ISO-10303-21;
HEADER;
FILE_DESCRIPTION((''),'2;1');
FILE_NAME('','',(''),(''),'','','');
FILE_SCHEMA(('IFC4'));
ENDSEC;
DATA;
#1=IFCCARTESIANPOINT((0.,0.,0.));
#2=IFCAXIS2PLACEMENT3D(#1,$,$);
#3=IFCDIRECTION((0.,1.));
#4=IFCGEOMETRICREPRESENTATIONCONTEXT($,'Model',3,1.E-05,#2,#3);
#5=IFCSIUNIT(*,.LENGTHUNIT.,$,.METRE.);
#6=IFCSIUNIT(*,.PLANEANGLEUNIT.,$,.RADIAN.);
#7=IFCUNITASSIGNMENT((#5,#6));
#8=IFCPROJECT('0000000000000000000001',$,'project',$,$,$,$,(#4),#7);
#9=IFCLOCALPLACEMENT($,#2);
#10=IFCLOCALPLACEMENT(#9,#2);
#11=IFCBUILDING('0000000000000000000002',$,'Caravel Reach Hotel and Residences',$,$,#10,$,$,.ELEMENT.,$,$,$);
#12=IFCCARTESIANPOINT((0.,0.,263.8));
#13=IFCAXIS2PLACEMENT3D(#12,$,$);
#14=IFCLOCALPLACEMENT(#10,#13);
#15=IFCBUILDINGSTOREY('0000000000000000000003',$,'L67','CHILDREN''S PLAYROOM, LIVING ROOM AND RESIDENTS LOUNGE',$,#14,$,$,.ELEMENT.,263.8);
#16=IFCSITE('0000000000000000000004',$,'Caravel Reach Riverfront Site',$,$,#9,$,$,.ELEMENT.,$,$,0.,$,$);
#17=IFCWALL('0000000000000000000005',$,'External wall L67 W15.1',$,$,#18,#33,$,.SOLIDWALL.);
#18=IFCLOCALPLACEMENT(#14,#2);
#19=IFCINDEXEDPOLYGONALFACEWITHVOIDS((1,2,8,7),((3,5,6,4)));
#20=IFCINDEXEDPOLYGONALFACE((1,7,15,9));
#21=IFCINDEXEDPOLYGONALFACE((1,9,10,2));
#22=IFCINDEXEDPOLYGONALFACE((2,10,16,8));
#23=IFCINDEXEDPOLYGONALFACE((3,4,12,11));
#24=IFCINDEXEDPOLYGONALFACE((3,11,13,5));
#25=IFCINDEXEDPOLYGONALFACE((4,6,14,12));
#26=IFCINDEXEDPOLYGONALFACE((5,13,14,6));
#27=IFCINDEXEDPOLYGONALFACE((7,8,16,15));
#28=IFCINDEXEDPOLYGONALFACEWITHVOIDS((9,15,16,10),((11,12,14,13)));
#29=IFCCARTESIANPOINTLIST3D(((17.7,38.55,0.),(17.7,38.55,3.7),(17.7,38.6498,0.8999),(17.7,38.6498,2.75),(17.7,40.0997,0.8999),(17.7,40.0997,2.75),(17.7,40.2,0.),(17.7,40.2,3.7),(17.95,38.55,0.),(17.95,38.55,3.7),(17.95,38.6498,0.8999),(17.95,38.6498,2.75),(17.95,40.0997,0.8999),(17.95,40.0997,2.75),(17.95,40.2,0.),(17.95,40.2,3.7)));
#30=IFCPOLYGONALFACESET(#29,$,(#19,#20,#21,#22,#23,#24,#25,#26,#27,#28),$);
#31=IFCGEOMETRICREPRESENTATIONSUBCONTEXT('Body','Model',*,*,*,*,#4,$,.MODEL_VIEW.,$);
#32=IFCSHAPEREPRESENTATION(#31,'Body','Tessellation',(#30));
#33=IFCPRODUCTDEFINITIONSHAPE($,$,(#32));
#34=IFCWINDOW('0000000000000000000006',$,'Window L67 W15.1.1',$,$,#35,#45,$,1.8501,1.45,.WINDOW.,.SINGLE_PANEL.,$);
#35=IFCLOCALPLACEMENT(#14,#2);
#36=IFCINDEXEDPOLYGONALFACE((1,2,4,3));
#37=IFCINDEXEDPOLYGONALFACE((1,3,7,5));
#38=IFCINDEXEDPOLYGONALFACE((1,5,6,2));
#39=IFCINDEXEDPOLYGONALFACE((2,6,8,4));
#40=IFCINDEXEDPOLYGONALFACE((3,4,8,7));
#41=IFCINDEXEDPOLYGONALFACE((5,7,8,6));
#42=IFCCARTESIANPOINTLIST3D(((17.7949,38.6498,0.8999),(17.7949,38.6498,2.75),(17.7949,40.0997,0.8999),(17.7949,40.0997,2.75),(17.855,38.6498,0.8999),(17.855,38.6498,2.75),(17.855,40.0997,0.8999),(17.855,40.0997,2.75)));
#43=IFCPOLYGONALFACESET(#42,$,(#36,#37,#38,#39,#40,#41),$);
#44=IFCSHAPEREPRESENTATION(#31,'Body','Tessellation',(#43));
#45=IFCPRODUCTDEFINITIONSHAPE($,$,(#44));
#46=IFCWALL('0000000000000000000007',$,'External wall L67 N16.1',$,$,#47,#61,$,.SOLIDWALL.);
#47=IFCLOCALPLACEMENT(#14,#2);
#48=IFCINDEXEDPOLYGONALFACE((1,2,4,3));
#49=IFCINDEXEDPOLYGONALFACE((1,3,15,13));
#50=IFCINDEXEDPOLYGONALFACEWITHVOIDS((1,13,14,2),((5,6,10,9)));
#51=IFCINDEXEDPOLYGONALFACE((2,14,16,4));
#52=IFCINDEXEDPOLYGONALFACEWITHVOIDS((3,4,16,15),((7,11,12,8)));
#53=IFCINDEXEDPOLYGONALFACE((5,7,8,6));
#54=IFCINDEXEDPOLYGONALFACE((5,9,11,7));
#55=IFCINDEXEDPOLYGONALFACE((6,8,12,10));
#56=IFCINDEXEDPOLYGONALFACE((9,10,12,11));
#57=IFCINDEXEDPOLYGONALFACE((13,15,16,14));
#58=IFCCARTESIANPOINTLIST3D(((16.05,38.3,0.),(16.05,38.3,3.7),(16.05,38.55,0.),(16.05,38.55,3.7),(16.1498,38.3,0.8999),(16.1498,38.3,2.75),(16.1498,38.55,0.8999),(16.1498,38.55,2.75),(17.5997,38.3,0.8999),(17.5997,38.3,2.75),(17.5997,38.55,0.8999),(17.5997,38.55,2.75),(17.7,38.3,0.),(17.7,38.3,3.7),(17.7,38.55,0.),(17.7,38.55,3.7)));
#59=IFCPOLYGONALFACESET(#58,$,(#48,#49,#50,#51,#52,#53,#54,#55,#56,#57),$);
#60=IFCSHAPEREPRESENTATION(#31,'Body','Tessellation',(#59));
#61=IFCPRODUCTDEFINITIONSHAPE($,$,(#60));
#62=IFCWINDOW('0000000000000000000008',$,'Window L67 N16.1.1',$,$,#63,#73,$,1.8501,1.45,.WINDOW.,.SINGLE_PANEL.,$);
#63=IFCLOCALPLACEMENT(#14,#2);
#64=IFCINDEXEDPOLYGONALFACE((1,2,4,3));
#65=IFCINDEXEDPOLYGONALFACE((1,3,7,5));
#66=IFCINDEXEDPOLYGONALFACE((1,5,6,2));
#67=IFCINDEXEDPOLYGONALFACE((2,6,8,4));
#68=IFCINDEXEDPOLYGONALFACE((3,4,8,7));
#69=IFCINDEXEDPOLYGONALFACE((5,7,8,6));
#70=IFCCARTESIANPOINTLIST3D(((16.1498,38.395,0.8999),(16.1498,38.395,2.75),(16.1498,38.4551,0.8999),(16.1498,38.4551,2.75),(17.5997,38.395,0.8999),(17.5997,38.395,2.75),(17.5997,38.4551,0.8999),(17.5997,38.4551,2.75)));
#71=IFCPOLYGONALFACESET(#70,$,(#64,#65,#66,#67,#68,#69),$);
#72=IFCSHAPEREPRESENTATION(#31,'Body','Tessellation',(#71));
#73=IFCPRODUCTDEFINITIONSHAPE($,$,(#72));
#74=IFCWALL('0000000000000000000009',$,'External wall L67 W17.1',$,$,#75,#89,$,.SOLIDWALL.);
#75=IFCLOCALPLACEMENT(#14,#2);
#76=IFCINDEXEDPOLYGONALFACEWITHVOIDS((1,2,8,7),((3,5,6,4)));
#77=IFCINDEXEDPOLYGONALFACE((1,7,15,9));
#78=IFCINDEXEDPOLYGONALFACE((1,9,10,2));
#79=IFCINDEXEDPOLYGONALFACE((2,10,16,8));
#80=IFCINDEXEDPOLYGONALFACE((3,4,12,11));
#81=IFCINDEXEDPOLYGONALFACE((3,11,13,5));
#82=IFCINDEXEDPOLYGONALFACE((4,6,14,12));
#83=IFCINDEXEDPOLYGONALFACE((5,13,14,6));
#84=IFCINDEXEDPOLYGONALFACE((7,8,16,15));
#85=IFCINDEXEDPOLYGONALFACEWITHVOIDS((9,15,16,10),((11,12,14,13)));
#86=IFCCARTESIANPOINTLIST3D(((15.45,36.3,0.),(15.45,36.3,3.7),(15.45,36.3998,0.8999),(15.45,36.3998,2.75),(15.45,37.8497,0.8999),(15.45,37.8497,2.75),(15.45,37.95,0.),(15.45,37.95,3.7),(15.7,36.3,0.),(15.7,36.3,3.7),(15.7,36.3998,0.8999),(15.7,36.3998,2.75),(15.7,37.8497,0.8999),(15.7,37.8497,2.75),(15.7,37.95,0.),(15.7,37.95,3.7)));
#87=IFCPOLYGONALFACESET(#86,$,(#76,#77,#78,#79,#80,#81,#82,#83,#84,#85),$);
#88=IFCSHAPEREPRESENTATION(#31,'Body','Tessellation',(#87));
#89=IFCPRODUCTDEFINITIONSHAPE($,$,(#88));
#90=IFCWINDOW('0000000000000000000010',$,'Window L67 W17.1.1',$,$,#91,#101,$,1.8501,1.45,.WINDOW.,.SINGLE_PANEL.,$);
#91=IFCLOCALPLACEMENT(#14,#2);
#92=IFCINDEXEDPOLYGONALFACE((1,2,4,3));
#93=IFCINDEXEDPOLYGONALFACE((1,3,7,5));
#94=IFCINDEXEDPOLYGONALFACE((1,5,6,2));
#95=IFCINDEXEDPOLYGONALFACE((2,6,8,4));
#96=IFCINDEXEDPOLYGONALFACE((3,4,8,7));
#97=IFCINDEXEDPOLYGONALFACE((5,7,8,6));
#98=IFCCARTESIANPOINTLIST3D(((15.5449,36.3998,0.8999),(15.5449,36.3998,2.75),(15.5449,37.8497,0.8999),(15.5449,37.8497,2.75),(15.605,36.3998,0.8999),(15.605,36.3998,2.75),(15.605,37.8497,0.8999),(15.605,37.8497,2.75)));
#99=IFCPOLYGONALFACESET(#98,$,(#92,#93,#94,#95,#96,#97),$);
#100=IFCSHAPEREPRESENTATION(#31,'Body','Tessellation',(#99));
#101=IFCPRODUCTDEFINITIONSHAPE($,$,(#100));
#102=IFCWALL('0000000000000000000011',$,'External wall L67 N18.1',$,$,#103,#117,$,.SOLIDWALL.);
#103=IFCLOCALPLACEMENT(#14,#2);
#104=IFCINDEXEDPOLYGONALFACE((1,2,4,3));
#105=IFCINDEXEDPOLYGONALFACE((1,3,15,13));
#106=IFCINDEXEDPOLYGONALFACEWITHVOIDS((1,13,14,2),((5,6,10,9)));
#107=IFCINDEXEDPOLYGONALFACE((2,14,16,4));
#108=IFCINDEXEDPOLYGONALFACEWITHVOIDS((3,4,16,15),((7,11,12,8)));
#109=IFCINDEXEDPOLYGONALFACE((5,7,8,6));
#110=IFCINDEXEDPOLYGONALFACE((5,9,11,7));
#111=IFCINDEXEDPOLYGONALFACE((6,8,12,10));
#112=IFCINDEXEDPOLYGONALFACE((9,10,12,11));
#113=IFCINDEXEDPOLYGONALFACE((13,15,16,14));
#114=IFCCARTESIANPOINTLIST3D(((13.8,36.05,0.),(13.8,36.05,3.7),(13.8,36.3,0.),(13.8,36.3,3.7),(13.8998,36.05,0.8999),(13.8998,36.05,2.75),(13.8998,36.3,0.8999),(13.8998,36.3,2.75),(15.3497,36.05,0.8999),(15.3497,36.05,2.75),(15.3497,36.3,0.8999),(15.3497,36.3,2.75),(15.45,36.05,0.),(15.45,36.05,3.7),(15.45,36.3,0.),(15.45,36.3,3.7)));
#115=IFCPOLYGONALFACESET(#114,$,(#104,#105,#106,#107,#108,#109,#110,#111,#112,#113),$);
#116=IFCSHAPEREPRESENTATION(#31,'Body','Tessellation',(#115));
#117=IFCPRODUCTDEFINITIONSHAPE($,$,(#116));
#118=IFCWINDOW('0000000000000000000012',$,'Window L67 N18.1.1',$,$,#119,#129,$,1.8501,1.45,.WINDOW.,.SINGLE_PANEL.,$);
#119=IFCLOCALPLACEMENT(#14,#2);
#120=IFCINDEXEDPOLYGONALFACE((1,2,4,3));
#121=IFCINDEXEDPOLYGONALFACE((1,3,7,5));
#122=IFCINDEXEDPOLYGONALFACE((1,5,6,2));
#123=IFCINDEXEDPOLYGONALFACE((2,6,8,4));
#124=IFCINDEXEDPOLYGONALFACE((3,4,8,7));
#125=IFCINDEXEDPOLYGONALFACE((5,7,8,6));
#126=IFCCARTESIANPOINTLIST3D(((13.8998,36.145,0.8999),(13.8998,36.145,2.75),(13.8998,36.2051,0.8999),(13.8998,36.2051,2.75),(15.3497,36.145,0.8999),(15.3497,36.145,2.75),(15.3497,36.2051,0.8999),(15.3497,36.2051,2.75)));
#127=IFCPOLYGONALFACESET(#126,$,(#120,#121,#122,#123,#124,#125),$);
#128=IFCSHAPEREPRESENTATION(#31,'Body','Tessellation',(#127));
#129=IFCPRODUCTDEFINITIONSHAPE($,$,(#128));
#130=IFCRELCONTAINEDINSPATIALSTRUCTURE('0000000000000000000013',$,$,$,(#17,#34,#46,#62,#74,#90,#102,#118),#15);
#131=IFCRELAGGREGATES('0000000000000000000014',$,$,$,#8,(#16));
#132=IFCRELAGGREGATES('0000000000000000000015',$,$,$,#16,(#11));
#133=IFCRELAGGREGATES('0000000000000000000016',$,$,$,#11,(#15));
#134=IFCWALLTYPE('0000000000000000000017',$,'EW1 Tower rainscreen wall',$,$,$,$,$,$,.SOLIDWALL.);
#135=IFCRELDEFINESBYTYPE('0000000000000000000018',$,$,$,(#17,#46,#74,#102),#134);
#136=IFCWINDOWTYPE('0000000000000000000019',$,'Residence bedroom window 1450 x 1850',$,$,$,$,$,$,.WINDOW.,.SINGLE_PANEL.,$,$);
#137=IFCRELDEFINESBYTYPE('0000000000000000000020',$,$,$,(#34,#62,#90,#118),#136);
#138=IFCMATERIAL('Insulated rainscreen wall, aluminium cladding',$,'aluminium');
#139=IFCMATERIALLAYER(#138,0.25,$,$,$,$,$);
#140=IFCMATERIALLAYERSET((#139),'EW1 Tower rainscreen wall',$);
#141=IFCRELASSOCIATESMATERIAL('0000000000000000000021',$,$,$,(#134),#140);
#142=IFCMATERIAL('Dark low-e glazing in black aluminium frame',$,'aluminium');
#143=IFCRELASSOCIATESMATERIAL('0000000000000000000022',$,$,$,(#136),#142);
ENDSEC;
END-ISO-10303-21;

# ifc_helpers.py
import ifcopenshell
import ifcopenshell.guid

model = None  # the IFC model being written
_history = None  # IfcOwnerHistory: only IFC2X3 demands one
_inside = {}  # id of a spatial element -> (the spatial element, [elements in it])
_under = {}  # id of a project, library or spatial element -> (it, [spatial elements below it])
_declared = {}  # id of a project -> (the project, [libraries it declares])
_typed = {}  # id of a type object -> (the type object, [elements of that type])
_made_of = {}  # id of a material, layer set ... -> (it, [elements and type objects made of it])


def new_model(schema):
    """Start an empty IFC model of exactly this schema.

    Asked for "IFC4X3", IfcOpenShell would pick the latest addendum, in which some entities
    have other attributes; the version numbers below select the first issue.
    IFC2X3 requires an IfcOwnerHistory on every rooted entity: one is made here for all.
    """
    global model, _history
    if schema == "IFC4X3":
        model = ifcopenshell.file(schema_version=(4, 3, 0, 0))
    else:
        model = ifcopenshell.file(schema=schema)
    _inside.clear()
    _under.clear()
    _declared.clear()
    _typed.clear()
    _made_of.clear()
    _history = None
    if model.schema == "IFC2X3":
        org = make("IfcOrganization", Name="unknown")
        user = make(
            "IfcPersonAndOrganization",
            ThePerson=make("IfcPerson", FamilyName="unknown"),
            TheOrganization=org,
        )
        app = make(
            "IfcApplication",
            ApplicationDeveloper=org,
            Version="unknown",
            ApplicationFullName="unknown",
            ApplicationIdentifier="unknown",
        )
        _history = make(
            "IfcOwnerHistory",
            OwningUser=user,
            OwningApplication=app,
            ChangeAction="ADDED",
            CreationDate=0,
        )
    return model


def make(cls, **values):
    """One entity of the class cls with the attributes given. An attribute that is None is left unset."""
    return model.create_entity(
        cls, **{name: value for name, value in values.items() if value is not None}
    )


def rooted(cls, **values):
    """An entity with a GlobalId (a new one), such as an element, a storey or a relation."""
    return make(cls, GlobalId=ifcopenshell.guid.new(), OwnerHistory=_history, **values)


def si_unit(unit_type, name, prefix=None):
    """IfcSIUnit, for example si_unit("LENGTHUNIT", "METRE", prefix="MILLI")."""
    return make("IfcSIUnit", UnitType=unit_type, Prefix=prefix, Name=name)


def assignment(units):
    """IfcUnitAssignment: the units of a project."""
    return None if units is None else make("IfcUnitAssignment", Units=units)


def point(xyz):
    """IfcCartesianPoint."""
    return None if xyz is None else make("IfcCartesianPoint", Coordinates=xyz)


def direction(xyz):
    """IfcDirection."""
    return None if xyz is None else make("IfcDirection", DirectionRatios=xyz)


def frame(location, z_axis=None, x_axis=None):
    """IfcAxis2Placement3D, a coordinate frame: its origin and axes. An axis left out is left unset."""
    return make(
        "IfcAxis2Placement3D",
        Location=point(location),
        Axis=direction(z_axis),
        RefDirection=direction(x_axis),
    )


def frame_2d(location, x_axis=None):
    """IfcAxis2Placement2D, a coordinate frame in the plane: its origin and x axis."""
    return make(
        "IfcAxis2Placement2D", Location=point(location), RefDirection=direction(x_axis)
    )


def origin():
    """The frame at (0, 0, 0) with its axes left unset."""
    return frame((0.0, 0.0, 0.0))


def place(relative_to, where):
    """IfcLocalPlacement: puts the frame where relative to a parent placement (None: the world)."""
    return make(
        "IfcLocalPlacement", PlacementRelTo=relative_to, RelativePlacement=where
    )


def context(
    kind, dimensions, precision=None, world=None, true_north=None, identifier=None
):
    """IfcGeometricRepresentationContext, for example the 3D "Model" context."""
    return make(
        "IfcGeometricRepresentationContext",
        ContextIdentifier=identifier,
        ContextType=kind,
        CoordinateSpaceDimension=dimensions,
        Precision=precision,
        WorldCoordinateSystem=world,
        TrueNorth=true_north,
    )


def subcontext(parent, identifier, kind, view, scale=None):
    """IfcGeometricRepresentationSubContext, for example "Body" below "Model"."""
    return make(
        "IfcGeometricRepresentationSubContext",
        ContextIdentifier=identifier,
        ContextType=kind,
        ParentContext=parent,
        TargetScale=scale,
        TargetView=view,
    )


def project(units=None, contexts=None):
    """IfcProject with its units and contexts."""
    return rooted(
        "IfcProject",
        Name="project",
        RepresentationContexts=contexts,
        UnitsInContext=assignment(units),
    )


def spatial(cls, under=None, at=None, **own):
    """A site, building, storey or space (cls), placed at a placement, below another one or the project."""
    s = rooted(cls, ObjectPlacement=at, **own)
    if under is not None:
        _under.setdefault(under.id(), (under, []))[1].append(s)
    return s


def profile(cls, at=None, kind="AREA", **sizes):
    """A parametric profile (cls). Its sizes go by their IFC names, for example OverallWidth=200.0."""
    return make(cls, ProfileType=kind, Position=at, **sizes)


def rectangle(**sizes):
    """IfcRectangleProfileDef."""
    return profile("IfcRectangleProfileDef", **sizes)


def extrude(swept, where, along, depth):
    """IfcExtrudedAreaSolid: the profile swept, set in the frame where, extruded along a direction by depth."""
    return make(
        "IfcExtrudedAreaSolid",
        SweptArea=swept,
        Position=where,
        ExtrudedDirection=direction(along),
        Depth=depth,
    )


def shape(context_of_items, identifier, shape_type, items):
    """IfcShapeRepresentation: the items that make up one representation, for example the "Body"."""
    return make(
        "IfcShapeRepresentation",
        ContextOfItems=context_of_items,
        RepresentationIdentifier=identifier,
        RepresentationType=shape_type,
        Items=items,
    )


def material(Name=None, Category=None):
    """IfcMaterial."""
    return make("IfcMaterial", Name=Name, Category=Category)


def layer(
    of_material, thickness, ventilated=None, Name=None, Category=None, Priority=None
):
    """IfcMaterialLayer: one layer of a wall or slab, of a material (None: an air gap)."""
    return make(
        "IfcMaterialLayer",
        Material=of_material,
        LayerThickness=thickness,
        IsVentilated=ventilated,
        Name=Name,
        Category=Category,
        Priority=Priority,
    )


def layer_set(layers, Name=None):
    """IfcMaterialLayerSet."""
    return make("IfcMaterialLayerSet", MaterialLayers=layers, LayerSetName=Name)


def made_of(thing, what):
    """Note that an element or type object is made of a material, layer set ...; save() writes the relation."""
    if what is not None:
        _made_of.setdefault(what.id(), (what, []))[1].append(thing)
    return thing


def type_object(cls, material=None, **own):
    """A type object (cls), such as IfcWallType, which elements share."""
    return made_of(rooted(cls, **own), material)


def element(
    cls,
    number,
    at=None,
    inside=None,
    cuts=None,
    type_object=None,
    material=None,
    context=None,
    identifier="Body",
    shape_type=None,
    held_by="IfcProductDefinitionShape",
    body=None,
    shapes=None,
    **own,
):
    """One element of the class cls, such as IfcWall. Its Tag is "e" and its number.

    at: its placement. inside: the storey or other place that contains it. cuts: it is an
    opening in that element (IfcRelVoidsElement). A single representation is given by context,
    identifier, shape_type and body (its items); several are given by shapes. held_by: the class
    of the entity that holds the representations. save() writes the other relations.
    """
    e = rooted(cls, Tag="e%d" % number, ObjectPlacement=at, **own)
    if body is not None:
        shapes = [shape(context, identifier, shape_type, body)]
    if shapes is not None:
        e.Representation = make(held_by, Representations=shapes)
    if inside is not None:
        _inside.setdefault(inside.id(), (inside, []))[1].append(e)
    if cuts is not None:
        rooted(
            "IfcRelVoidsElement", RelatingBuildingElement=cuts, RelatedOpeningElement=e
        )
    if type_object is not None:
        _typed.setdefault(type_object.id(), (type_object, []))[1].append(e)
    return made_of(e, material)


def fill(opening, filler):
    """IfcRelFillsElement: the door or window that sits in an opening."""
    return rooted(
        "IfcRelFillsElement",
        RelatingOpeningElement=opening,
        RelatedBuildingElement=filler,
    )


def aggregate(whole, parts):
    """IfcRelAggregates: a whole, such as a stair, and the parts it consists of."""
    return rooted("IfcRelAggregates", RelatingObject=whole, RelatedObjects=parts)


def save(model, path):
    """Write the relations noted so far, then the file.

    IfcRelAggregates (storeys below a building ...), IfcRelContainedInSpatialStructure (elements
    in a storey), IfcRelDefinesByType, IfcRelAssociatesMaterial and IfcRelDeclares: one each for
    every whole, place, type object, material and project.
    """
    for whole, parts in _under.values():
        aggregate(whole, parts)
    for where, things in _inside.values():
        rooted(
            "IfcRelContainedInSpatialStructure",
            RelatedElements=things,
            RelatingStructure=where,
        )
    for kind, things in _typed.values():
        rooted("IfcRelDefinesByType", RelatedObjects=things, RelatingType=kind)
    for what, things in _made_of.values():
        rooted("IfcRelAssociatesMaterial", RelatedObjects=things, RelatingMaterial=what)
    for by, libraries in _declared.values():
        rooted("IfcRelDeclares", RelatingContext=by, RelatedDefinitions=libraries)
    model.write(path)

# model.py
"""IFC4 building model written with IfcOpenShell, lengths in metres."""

from ifc_helpers import new_model, si_unit, direction, frame, frame_2d, origin, place, context, subcontext, project, spatial, rectangle, extrude, material, layer, layer_set, type_object, element, fill, save


model = new_model("IFC4")

# Units and contexts
model_context = context("Model", 3, precision=1e-05, world=origin(), true_north=direction((0.0, 1.0)))
body_context = subcontext(model_context, "Body", "Model", "MODEL_VIEW")
ifc_project = project(units=[si_unit("LENGTHUNIT", "METRE"), si_unit("PLANEANGLEUNIT", "RADIAN")], contexts=[model_context])

# Site, building, storey
site_placement = place(None, origin())
site = spatial("IfcSite", under=ifc_project, at=site_placement, Name="Caravel Reach Riverfront Site", CompositionType="ELEMENT", RefElevation=0.0)
building_placement = place(site_placement, origin())
building = spatial("IfcBuilding", under=site, at=building_placement, Name="Caravel Reach Hotel and Residences", CompositionType="ELEMENT")
storey_placement = place(building_placement, frame((0.0, 0.0, 263.8)))
storey = spatial("IfcBuildingStorey", under=building, at=storey_placement, Name="L67", Description="CHILDREN'S PLAYROOM, LIVING ROOM AND RESIDENTS LOUNGE", CompositionType="ELEMENT", Elevation=263.8)

# Walls, openings, windows
ifc_material_1 = material(Name="Insulated rainscreen wall, aluminium cladding", Category="aluminium")
ifc_layer_1 = layer(ifc_material_1, 0.25)
ifc_layer_set_1 = layer_set([ifc_layer_1], Name="EW1 Tower rainscreen wall")
wall_type_1 = type_object("IfcWallType", Name="EW1 Tower rainscreen wall", PredefinedType="SOLIDWALL", material=ifc_layer_set_1)
wall_1_placement = place(storey_placement, frame((17.825, 40.2, 0.0), z_axis=(0.0, 0.0, 1.0), x_axis=(0.0, -1.0, 0.0)))
wall_1 = element("IfcWall", 1, at=wall_1_placement, inside=storey, type_object=wall_type_1, Name="External wall L67 W15.1", PredefinedType="SOLIDWALL", context=body_context, shape_type="SweptSolid", body=[
    extrude(rectangle(XDim=1.6499, YDim=0.25, at=frame_2d((0.825, 0.0))), origin(), (0.0, 0.0, 1.0), 3.7),
])
opening_1_placement = place(wall_1_placement, frame((0.1001, 0.0, 0.8999)))
opening_1 = element("IfcOpeningElement", 2, at=opening_1_placement, cuts=wall_1, PredefinedType="OPENING", context=body_context, shape_type="SweptSolid", body=[
    extrude(rectangle(XDim=1.45, YDim=1.8501, at=frame_2d((0.7251, 0.925))), frame((0.0, 0.135, 0.0), z_axis=(0.0, -1.0, 0.0), x_axis=(1.0, 0.0, 0.0)), (0.0, 0.0, 1.0), 0.27),
])
ifc_material_2 = material(Name="Dark low-e glazing in black aluminium frame", Category="aluminium")
window_type_1 = type_object("IfcWindowType", Name="Residence bedroom window 1450 x 1850", PartitioningType="SINGLE_PANEL", PredefinedType="WINDOW", material=ifc_material_2)
window_1_placement = place(opening_1_placement, origin())
window_1 = element("IfcWindow", 3, at=window_1_placement, inside=storey, type_object=window_type_1, Name="Window L67 W15.1.1", OverallHeight=1.8501, OverallWidth=1.45, PartitioningType="SINGLE_PANEL", PredefinedType="WINDOW", context=body_context, shape_type="SweptSolid", body=[
    extrude(rectangle(XDim=1.45, YDim=1.8501, at=frame_2d((0.7251, 0.925))), frame((0.0, 0.03, 0.0), z_axis=(0.0, -1.0, 0.0), x_axis=(1.0, 0.0, 0.0)), (0.0, 0.0, 1.0), 0.0601),
])
fill(opening_1, window_1)
wall_2_placement = place(storey_placement, frame((17.7, 38.425, 0.0), z_axis=(0.0, 0.0, 1.0), x_axis=(-1.0, 0.0, 0.0)))
wall_2 = element("IfcWall", 4, at=wall_2_placement, inside=storey, type_object=wall_type_1, Name="External wall L67 N16.1", PredefinedType="SOLIDWALL", context=body_context, shape_type="SweptSolid", body=[
    extrude(rectangle(XDim=1.6499, YDim=0.25, at=frame_2d((0.825, 0.0))), origin(), (0.0, 0.0, 1.0), 3.7),
])
opening_2_placement = place(wall_2_placement, frame((0.1001, 0.0, 0.8999)))
opening_2 = element("IfcOpeningElement", 5, at=opening_2_placement, cuts=wall_2, PredefinedType="OPENING", context=body_context, shape_type="SweptSolid", body=[
    extrude(rectangle(XDim=1.45, YDim=1.8501, at=frame_2d((0.7251, 0.925))), frame((0.0, 0.135, 0.0), z_axis=(0.0, -1.0, 0.0), x_axis=(1.0, 0.0, 0.0)), (0.0, 0.0, 1.0), 0.27),
])
window_2_placement = place(opening_2_placement, origin())
window_2 = element("IfcWindow", 6, at=window_2_placement, inside=storey, type_object=window_type_1, Name="Window L67 N16.1.1", OverallHeight=1.8501, OverallWidth=1.45, PartitioningType="SINGLE_PANEL", PredefinedType="WINDOW", context=body_context, shape_type="SweptSolid", body=[
    extrude(rectangle(XDim=1.45, YDim=1.8501, at=frame_2d((0.7251, 0.925))), frame((0.0, 0.03, 0.0), z_axis=(0.0, -1.0, 0.0), x_axis=(1.0, 0.0, 0.0)), (0.0, 0.0, 1.0), 0.0601),
])
fill(opening_2, window_2)
wall_3_placement = place(storey_placement, frame((15.575, 37.95, 0.0), z_axis=(0.0, 0.0, 1.0), x_axis=(0.0, -1.0, 0.0)))
wall_3 = element("IfcWall", 7, at=wall_3_placement, inside=storey, type_object=wall_type_1, Name="External wall L67 W17.1", PredefinedType="SOLIDWALL", context=body_context, shape_type="SweptSolid", body=[
    extrude(rectangle(XDim=1.6499, YDim=0.25, at=frame_2d((0.825, 0.0))), origin(), (0.0, 0.0, 1.0), 3.7),
])
opening_3_placement = place(wall_3_placement, frame((0.1001, 0.0, 0.8999)))
opening_3 = element("IfcOpeningElement", 8, at=opening_3_placement, cuts=wall_3, PredefinedType="OPENING", context=body_context, shape_type="SweptSolid", body=[
    extrude(rectangle(XDim=1.45, YDim=1.8501, at=frame_2d((0.7251, 0.925))), frame((0.0, 0.135, 0.0), z_axis=(0.0, -1.0, 0.0), x_axis=(1.0, 0.0, 0.0)), (0.0, 0.0, 1.0), 0.27),
])
window_3_placement = place(opening_3_placement, origin())
window_3 = element("IfcWindow", 9, at=window_3_placement, inside=storey, type_object=window_type_1, Name="Window L67 W17.1.1", OverallHeight=1.8501, OverallWidth=1.45, PartitioningType="SINGLE_PANEL", PredefinedType="WINDOW", context=body_context, shape_type="SweptSolid", body=[
    extrude(rectangle(XDim=1.45, YDim=1.8501, at=frame_2d((0.7251, 0.925))), frame((0.0, 0.03, 0.0), z_axis=(0.0, -1.0, 0.0), x_axis=(1.0, 0.0, 0.0)), (0.0, 0.0, 1.0), 0.0601),
])
fill(opening_3, window_3)
wall_4_placement = place(storey_placement, frame((15.45, 36.175, 0.0), z_axis=(0.0, 0.0, 1.0), x_axis=(-1.0, 0.0, 0.0)))
wall_4 = element("IfcWall", 10, at=wall_4_placement, inside=storey, type_object=wall_type_1, Name="External wall L67 N18.1", PredefinedType="SOLIDWALL", context=body_context, shape_type="SweptSolid", body=[
    extrude(rectangle(XDim=1.6499, YDim=0.25, at=frame_2d((0.825, 0.0))), origin(), (0.0, 0.0, 1.0), 3.7),
])
opening_4_placement = place(wall_4_placement, frame((0.1001, 0.0, 0.8999)))
opening_4 = element("IfcOpeningElement", 11, at=opening_4_placement, cuts=wall_4, PredefinedType="OPENING", context=body_context, shape_type="SweptSolid", body=[
    extrude(rectangle(XDim=1.45, YDim=1.8501, at=frame_2d((0.7251, 0.925))), frame((0.0, 0.135, 0.0), z_axis=(0.0, -1.0, 0.0), x_axis=(1.0, 0.0, 0.0)), (0.0, 0.0, 1.0), 0.27),
])
window_4_placement = place(opening_4_placement, origin())
window_4 = element("IfcWindow", 12, at=window_4_placement, inside=storey, type_object=window_type_1, Name="Window L67 N18.1.1", OverallHeight=1.8501, OverallWidth=1.45, PartitioningType="SINGLE_PANEL", PredefinedType="WINDOW", context=body_context, shape_type="SweptSolid", body=[
    extrude(rectangle(XDim=1.45, YDim=1.8501, at=frame_2d((0.7251, 0.925))), frame((0.0, 0.03, 0.0), z_axis=(0.0, -1.0, 0.0), x_axis=(1.0, 0.0, 0.0)), (0.0, 0.0, 1.0), 0.0601),
])
fill(opening_4, window_4)

save(model, "model.ifc")
